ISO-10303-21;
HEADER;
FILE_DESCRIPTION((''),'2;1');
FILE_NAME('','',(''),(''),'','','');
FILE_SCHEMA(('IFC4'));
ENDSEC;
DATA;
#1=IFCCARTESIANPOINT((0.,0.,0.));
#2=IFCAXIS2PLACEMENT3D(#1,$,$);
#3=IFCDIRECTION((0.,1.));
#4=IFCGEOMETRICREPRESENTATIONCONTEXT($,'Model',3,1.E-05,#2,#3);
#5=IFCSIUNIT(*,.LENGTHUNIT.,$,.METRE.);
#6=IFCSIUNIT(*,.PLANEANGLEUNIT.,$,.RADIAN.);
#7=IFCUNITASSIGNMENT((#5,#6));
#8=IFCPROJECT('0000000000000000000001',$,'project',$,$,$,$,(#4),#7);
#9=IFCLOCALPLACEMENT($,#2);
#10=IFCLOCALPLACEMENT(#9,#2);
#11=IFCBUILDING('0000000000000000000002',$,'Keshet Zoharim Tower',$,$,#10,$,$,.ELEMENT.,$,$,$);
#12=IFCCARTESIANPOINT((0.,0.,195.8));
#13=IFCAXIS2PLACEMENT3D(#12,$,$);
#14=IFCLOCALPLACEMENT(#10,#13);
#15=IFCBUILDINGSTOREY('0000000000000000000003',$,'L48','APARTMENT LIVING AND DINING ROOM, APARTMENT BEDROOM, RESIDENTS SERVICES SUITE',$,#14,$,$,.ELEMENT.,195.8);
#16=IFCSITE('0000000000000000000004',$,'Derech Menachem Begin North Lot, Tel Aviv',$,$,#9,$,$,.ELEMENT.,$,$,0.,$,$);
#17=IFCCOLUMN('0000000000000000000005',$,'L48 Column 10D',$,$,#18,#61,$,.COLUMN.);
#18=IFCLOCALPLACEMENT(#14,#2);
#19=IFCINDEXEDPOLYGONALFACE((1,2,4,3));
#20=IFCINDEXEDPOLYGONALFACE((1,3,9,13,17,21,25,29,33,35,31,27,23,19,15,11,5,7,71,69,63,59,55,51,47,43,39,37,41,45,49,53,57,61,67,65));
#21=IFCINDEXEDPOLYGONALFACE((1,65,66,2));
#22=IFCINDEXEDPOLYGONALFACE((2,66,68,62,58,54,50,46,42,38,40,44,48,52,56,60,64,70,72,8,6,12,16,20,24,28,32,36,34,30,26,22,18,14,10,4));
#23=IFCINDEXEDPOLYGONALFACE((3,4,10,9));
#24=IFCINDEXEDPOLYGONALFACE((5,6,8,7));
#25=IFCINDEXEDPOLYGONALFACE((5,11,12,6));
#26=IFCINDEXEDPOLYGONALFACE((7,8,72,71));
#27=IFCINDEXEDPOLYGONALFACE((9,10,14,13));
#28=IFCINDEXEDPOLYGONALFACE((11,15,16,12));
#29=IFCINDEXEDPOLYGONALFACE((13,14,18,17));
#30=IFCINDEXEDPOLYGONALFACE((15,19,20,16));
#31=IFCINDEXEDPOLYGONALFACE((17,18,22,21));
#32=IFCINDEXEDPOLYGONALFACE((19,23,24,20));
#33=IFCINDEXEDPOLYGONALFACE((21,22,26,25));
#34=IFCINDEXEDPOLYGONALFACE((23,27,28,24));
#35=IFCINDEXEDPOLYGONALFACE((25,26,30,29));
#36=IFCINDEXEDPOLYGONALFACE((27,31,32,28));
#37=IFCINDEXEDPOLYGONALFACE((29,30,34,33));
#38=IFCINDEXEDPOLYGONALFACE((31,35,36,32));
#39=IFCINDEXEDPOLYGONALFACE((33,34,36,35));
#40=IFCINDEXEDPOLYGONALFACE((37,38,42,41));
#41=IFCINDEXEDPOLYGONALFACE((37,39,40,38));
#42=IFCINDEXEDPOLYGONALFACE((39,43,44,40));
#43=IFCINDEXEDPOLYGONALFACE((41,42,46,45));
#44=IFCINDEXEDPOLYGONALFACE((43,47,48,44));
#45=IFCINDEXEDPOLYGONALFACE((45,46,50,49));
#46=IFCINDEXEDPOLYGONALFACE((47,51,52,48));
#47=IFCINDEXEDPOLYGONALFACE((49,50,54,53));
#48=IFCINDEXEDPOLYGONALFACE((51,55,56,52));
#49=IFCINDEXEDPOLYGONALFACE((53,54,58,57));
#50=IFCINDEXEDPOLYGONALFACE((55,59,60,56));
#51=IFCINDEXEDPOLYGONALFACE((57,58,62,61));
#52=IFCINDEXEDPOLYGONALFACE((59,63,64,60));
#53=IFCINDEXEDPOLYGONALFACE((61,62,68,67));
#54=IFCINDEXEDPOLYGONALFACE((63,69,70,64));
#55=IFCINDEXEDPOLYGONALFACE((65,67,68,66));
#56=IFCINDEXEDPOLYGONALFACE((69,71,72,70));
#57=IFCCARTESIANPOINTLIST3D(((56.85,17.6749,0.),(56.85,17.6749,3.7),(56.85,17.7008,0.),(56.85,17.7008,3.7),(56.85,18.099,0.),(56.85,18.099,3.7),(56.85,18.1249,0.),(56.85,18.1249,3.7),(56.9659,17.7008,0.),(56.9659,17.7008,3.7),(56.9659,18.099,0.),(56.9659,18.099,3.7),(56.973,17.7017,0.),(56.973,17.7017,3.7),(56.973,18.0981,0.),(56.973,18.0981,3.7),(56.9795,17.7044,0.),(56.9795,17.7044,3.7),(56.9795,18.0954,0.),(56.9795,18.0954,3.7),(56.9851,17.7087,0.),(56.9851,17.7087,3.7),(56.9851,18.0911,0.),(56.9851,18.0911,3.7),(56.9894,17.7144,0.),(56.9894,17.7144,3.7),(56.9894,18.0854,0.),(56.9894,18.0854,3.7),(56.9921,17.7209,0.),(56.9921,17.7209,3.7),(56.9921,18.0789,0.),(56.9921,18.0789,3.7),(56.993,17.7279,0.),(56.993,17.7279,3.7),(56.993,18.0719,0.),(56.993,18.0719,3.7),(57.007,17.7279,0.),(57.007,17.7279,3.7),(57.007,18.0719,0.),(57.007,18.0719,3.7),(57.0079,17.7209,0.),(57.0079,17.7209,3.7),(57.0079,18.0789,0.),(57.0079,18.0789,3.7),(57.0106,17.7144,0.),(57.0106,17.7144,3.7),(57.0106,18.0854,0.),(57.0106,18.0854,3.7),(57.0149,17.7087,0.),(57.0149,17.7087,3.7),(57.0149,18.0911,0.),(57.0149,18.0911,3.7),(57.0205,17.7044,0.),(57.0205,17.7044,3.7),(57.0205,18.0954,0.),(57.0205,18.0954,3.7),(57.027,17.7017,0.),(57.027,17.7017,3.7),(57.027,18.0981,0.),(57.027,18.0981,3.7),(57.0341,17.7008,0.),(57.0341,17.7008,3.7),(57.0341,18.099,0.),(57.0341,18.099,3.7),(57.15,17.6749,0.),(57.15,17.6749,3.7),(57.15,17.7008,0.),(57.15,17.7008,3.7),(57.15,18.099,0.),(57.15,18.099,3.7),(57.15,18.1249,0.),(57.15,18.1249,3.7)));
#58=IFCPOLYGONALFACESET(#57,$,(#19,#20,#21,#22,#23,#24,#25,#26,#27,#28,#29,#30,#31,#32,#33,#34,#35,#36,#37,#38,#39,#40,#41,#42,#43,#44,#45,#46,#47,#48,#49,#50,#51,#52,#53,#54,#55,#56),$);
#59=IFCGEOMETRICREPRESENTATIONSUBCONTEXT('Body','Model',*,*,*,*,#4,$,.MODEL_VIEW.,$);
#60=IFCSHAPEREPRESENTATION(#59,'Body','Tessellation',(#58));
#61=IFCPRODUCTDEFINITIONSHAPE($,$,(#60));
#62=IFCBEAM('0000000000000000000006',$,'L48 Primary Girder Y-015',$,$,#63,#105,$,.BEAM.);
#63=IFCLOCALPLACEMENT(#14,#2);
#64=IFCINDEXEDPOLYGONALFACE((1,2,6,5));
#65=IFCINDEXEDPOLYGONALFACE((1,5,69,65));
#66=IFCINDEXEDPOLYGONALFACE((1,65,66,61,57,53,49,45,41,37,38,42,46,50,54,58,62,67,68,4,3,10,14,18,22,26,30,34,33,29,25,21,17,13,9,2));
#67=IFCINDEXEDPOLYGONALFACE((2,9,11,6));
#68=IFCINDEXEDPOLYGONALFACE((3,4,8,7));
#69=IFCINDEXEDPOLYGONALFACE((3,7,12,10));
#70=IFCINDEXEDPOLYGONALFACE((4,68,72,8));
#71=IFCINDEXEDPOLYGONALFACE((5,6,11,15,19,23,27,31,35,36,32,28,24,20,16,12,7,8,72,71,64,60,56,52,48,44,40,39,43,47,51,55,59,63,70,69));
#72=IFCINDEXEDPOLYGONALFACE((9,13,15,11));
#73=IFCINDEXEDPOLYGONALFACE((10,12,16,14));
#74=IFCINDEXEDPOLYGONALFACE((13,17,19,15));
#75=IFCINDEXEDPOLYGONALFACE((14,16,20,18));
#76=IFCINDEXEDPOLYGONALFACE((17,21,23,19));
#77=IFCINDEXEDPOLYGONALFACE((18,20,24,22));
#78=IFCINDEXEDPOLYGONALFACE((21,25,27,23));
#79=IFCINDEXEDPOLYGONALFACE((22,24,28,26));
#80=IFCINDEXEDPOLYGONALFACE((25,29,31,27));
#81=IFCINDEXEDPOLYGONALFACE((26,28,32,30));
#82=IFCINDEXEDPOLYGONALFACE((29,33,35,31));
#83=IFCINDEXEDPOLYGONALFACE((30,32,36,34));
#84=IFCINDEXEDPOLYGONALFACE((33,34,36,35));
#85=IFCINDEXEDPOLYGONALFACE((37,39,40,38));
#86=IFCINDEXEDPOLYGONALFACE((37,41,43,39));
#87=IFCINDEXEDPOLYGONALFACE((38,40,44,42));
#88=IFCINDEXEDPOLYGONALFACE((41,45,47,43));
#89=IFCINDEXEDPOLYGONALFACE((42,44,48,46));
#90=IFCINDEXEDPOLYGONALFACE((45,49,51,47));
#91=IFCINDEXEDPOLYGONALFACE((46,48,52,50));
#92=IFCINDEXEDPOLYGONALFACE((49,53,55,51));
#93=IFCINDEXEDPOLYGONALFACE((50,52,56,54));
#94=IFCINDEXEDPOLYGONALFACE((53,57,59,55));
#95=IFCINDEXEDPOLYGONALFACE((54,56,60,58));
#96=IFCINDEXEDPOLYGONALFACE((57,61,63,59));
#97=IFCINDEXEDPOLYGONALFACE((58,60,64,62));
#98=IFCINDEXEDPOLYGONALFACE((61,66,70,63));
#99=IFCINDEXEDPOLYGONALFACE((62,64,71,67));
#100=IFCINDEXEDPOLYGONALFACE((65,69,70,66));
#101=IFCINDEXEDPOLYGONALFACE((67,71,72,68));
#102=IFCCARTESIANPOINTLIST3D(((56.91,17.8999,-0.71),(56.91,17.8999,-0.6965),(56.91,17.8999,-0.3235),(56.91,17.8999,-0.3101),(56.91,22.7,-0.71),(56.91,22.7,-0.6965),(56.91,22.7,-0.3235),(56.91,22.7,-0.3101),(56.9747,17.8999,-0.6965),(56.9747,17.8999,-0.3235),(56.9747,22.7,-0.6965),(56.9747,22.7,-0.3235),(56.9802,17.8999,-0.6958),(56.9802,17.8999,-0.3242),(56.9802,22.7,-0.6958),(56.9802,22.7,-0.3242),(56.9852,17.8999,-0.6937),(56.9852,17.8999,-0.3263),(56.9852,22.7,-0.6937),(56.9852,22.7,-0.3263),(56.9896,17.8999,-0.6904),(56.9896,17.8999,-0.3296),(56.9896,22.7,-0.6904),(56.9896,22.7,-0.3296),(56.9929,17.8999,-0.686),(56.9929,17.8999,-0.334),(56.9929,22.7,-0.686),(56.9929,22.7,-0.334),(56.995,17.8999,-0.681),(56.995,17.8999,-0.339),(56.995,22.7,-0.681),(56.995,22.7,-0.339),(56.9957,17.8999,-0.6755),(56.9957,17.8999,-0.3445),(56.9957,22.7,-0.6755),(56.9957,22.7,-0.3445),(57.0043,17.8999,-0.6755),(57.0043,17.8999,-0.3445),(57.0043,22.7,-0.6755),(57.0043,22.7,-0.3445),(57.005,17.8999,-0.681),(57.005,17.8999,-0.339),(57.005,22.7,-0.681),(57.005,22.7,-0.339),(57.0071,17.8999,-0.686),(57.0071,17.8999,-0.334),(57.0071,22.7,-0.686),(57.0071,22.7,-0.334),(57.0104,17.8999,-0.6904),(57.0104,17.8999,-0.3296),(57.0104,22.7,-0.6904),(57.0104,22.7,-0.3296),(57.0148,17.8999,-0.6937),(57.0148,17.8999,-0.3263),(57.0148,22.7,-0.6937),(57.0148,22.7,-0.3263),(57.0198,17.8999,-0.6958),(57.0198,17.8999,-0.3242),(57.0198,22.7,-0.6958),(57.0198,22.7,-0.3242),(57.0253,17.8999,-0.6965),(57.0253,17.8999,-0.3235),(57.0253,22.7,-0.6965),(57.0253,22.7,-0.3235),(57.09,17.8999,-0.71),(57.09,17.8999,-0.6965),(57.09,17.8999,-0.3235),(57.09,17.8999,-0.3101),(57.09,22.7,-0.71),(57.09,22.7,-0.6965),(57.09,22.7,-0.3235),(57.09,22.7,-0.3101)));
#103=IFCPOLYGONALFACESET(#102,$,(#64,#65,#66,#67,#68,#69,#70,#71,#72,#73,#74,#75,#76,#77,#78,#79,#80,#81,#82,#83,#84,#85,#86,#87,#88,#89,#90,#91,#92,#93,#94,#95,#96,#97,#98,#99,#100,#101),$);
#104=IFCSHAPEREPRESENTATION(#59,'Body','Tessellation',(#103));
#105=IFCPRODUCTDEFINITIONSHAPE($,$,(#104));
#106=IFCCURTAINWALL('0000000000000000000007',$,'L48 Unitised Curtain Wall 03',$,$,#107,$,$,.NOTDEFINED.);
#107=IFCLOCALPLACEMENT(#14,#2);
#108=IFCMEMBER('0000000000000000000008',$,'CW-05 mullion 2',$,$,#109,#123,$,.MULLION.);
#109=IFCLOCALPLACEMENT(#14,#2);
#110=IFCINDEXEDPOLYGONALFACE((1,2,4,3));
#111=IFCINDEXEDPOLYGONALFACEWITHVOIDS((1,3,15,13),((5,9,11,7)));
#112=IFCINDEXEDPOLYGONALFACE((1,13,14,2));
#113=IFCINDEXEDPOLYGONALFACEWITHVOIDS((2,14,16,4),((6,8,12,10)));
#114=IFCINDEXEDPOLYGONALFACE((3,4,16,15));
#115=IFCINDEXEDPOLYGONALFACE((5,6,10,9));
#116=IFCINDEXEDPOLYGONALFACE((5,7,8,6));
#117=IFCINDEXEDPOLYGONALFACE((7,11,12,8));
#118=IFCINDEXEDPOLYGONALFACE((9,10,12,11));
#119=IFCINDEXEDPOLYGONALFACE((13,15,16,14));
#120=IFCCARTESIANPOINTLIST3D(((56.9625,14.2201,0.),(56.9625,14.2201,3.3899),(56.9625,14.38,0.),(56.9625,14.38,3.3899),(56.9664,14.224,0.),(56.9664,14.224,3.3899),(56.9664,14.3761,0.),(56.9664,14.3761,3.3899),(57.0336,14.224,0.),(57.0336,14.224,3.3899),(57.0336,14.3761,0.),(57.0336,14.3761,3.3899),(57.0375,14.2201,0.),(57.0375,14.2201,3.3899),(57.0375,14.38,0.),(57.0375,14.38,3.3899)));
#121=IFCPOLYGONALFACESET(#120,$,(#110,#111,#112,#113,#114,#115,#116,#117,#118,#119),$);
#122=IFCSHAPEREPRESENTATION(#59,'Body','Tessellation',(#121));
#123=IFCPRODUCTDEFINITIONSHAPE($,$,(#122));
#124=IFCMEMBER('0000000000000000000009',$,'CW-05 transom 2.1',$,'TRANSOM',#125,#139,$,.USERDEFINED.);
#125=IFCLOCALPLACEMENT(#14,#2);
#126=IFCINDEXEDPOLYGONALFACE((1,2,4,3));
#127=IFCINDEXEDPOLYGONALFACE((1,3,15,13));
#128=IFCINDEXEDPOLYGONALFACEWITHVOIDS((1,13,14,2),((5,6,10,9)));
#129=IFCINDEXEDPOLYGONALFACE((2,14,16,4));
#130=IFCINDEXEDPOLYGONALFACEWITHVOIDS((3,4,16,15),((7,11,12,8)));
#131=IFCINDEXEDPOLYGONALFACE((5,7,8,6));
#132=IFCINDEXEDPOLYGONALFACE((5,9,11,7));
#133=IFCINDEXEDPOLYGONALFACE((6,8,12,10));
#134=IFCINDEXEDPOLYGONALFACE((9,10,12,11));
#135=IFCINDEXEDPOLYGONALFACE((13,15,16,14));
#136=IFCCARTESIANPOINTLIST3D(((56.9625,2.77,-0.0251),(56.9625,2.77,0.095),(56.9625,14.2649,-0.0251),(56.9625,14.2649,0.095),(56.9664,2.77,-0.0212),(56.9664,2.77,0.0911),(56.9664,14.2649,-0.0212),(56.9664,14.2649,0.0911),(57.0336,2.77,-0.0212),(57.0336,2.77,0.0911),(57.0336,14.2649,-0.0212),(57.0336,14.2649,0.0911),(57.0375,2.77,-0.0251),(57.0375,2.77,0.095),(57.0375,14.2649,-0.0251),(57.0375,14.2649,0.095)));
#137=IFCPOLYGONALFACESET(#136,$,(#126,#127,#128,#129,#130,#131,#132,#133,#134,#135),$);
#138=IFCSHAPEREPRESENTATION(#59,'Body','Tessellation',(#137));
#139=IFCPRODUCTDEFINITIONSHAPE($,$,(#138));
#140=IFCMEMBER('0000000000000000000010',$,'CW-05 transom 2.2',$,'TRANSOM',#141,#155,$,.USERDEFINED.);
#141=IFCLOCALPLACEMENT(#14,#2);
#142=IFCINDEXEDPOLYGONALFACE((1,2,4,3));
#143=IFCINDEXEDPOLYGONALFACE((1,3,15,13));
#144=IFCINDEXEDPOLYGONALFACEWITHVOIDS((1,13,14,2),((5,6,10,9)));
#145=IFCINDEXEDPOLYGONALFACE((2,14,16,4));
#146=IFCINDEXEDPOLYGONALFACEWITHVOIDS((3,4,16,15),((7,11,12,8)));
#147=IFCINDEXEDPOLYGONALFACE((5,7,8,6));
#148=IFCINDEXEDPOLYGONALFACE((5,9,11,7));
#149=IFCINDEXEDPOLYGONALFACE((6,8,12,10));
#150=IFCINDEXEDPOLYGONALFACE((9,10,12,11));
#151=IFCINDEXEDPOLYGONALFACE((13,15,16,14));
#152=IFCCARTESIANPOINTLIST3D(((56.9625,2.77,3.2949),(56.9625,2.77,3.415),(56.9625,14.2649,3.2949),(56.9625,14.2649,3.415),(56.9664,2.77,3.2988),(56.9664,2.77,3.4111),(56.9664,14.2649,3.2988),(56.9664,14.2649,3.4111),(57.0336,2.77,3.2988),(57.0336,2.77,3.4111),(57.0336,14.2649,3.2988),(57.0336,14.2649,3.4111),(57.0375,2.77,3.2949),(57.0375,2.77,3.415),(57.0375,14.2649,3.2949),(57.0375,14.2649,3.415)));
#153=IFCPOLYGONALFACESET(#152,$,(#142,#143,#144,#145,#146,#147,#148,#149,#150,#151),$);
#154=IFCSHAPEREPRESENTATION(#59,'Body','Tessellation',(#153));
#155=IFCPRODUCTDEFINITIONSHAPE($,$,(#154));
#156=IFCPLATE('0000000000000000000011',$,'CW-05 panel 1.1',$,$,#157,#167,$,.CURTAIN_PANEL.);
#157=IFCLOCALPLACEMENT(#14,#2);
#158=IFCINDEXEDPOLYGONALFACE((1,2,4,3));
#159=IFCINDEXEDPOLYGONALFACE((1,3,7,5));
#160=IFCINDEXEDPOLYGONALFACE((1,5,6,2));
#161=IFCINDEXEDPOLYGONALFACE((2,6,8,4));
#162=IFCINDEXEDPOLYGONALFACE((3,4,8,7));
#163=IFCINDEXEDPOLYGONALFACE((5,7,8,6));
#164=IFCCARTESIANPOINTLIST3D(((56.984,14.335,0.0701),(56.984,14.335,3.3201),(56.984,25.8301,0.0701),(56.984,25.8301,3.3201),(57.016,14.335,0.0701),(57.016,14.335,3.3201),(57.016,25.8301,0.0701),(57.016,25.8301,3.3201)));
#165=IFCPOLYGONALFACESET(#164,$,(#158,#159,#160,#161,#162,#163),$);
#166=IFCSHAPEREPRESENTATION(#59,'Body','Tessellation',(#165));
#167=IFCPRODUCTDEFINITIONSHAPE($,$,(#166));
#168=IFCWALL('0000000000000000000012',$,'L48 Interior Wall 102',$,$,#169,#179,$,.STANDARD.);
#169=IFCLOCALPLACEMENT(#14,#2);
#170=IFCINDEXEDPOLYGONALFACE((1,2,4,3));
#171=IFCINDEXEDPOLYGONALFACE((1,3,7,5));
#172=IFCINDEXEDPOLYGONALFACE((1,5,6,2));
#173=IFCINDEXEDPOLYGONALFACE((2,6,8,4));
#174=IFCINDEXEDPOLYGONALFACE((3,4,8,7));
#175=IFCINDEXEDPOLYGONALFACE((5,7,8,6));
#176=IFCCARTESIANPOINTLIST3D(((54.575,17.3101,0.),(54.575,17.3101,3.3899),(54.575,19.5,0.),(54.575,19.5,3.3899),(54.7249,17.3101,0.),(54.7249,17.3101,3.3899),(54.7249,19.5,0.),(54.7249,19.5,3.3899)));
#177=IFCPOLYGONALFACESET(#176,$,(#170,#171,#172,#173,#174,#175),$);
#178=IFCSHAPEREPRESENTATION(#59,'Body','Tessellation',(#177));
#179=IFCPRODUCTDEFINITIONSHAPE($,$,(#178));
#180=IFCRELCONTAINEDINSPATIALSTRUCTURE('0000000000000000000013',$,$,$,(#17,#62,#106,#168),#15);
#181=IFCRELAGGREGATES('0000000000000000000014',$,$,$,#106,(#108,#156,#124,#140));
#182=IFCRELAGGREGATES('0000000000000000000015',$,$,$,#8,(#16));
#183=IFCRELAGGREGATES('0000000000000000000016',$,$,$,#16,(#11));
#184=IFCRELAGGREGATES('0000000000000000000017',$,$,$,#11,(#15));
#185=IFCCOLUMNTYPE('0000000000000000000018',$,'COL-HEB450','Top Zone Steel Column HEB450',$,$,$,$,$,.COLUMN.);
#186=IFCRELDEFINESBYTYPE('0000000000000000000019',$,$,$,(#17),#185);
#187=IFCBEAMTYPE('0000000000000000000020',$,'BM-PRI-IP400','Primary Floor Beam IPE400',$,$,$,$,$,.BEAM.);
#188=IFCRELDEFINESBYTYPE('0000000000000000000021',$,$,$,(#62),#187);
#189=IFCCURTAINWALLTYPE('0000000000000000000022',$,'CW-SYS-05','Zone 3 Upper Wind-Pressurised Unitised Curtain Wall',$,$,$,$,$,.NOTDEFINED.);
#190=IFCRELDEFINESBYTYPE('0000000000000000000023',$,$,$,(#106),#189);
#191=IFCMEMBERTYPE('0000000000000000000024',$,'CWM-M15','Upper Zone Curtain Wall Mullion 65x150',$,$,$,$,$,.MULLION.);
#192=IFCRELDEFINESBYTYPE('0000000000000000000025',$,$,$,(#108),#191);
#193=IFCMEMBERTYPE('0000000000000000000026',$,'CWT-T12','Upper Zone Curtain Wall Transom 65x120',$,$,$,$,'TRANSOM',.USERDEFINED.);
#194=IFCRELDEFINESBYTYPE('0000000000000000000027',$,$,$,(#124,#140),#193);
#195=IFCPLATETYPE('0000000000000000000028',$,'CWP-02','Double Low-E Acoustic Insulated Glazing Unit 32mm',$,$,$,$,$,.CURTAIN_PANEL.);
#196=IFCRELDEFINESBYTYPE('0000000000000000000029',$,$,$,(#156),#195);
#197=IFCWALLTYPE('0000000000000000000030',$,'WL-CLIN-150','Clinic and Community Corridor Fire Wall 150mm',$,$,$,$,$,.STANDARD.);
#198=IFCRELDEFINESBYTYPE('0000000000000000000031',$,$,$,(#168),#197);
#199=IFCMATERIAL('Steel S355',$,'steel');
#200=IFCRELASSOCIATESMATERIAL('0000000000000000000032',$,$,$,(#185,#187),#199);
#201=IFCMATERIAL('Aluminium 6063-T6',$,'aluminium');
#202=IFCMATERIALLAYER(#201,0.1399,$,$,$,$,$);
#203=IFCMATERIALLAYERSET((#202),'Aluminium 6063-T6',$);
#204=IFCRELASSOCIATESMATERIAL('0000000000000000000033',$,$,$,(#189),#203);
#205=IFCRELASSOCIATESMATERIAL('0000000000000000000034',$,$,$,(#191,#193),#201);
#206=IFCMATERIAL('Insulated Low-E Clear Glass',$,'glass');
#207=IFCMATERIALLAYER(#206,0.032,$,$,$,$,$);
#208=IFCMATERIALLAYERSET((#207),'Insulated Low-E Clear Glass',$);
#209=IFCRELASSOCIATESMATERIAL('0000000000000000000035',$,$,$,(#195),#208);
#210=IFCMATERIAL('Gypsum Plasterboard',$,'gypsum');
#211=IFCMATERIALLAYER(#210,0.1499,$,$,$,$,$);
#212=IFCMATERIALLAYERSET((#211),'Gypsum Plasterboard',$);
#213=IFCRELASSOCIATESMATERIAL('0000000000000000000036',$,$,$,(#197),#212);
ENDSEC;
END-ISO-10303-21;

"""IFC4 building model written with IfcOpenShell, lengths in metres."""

from ifc_helpers import new_model, si_unit, direction, frame, frame_2d, origin, origin_2d, place, context, subcontext, project, spatial, rectangle, hollow_rectangle, i_section, extrude, material, layer, layer_set, material_profile, profile_set, type_object, element, aggregate, save


model = new_model("IFC4")

# Units and contexts
model_context = context("Model", 3, precision=1e-05, world=origin(), true_north=direction((0.0, 1.0)))
body_context = subcontext(model_context, "Body", "Model", "MODEL_VIEW")
ifc_project = project(units=[si_unit("LENGTHUNIT", "METRE"), si_unit("PLANEANGLEUNIT", "RADIAN")], contexts=[model_context])

# Site, building, storey
site_placement = place(None, origin())
site = spatial("IfcSite", under=ifc_project, at=site_placement, Name="Derech Menachem Begin North Lot, Tel Aviv", CompositionType="ELEMENT", RefElevation=0.0)
building_placement = place(site_placement, origin())
building = spatial("IfcBuilding", under=site, at=building_placement, Name="Keshet Zoharim Tower", CompositionType="ELEMENT")
storey_placement = place(building_placement, frame((0.0, 0.0, 195.8)))
storey = spatial("IfcBuildingStorey", under=building, at=storey_placement, Name="L48", Description="APARTMENT LIVING AND DINING ROOM, APARTMENT BEDROOM, RESIDENTS SERVICES SUITE", CompositionType="ELEMENT", Elevation=195.8)

# Column
ifc_material_1 = material(Name="Steel S355", Category="steel")
ifc_material_profile_1 = material_profile(ifc_material_1, i_section(OverallWidth=0.3, OverallDepth=0.45, WebThickness=0.0139, FlangeThickness=0.0259, FilletRadius=0.0271, at=origin_2d()), Name="HEB450")
ifc_profile_set_1 = profile_set([ifc_material_profile_1], Name="Steel S355")
column_type = type_object("IfcColumnType", Name="COL-HEB450", Description="Top Zone Steel Column HEB450", PredefinedType="COLUMN", material=ifc_profile_set_1)
column_placement = place(storey_placement, frame((57.0, 17.8999, 0.0), z_axis=(0.0, 0.0, 1.0), x_axis=(1.0, 0.0, 0.0)))
element("IfcColumn", 1, at=column_placement, inside=storey, type_object=column_type, Name="L48 Column 10D", PredefinedType="COLUMN", context=body_context, shape_type="SweptSolid", body=[
    extrude(i_section(OverallWidth=0.3, OverallDepth=0.45, WebThickness=0.0139, FlangeThickness=0.0259, FilletRadius=0.0271, at=origin_2d()), origin(), (0.0, 0.0, 1.0), 3.7),
])

# Beam
ifc_material_profile_2 = material_profile(ifc_material_1, i_section(OverallWidth=0.1799, OverallDepth=0.3999, WebThickness=0.0085, FlangeThickness=0.0134, FilletRadius=0.021, at=origin_2d()), Name="IPE400")
ifc_profile_set_2 = profile_set([ifc_material_profile_2], Name="Steel S355")
beam_type = type_object("IfcBeamType", Name="BM-PRI-IP400", Description="Primary Floor Beam IPE400", PredefinedType="BEAM", material=ifc_profile_set_2)
beam_placement = place(storey_placement, frame((57.0, 17.8999, -0.51), z_axis=(0.0, 1.0, 0.0), x_axis=(-1.0, 0.0, 0.0)))
element("IfcBeam", 2, at=beam_placement, inside=storey, type_object=beam_type, Name="L48 Primary Girder Y-015", PredefinedType="BEAM", context=body_context, shape_type="SweptSolid", body=[
    extrude(i_section(OverallWidth=0.1799, OverallDepth=0.3999, WebThickness=0.0085, FlangeThickness=0.0134, FilletRadius=0.021, at=origin_2d()), origin(), (0.0, 0.0, 1.0), 4.8),
])

# Curtain wall, members, plate
ifc_material_2 = material(Name="Aluminium 6063-T6", Category="aluminium")
ifc_layer_1 = layer(ifc_material_2, 0.1399)
ifc_layer_set_1 = layer_set([ifc_layer_1], Name="Aluminium 6063-T6")
curtain_wall_type = type_object("IfcCurtainWallType", Name="CW-SYS-05", Description="Zone 3 Upper Wind-Pressurised Unitised Curtain Wall", PredefinedType="NOTDEFINED", material=ifc_layer_set_1)
curtain_wall_placement = place(storey_placement, origin())
curtain_wall = element("IfcCurtainWall", 3, at=curtain_wall_placement, inside=storey, type_object=curtain_wall_type, Name="L48 Unitised Curtain Wall 03", PredefinedType="NOTDEFINED")
ifc_material_profile_3 = material_profile(ifc_material_2, hollow_rectangle(XDim=0.075, YDim=0.1599, WallThickness=0.0039, at=origin_2d()), Name="MUL-75x160")
ifc_profile_set_3 = profile_set([ifc_material_profile_3], Name="Aluminium 6063-T6")
member_type_1 = type_object("IfcMemberType", Name="CWM-M15", Description="Upper Zone Curtain Wall Mullion 65x150", PredefinedType="MULLION", material=ifc_profile_set_3)
member_1_placement = place(storey_placement, frame((57.0, 14.3, 0.0), z_axis=(0.0, 0.0, 1.0), x_axis=(1.0, 0.0, 0.0)))
member_1 = element("IfcMember", 4, at=member_1_placement, type_object=member_type_1, Name="CW-05 mullion 2", PredefinedType="MULLION", context=body_context, shape_type="SweptSolid", body=[
    extrude(hollow_rectangle(XDim=0.075, YDim=0.1599, WallThickness=0.0039, at=origin_2d()), origin(), (0.0, 0.0, 1.0), 3.3899),
])
ifc_material_profile_4 = material_profile(ifc_material_2, hollow_rectangle(XDim=0.075, YDim=0.1201, WallThickness=0.0039, at=origin_2d()), Name="TRN-75x120")
ifc_profile_set_4 = profile_set([ifc_material_profile_4], Name="Aluminium 6063-T6")
member_type_2 = type_object("IfcMemberType", Name="CWT-T12", Description="Upper Zone Curtain Wall Transom 65x120", ElementType="TRANSOM", PredefinedType="USERDEFINED", material=ifc_profile_set_4)
member_2_placement = place(storey_placement, frame((57.0, 14.2649, 0.0349), z_axis=(0.0, -1.0, 0.0), x_axis=(1.0, 0.0, 0.0)))
member_2 = element("IfcMember", 5, at=member_2_placement, type_object=member_type_2, Name="CW-05 transom 2.1", ObjectType="TRANSOM", PredefinedType="USERDEFINED", context=body_context, shape_type="SweptSolid", body=[
    extrude(hollow_rectangle(XDim=0.075, YDim=0.1201, WallThickness=0.0039, at=origin_2d()), origin(), (0.0, 0.0, 1.0), 11.4949),
])
member_3_placement = place(storey_placement, frame((57.0, 14.2649, 3.355), z_axis=(0.0, -1.0, 0.0), x_axis=(1.0, 0.0, 0.0)))
member_3 = element("IfcMember", 6, at=member_3_placement, type_object=member_type_2, Name="CW-05 transom 2.2", ObjectType="TRANSOM", PredefinedType="USERDEFINED", context=body_context, shape_type="SweptSolid", body=[
    extrude(hollow_rectangle(XDim=0.075, YDim=0.1201, WallThickness=0.0039, at=origin_2d()), origin(), (0.0, 0.0, 1.0), 11.4949),
])
ifc_material_3 = material(Name="Insulated Low-E Clear Glass", Category="glass")
ifc_layer_2 = layer(ifc_material_3, 0.032)
ifc_layer_set_2 = layer_set([ifc_layer_2], Name="Insulated Low-E Clear Glass")
plate_type = type_object("IfcPlateType", Name="CWP-02", Description="Double Low-E Acoustic Insulated Glazing Unit 32mm", PredefinedType="CURTAIN_PANEL", material=ifc_layer_set_2)
plate_placement = place(storey_placement, frame((57.0, 20.0825, 0.0701), z_axis=(0.0, 0.0, 1.0), x_axis=(0.0, -1.0, 0.0)))
plate = element("IfcPlate", 7, at=plate_placement, type_object=plate_type, Name="CW-05 panel 1.1", PredefinedType="CURTAIN_PANEL", context=body_context, shape_type="SweptSolid", body=[
    extrude(rectangle(XDim=11.4951, YDim=0.032, at=origin_2d()), origin(), (0.0, 0.0, 1.0), 3.25),
])
aggregate(curtain_wall, [member_1, plate, member_2, member_3])

# Wall
ifc_material_4 = material(Name="Gypsum Plasterboard", Category="gypsum")
ifc_layer_3 = layer(ifc_material_4, 0.1499)
ifc_layer_set_3 = layer_set([ifc_layer_3], Name="Gypsum Plasterboard")
wall_type_1 = type_object("IfcWallType", Name="WL-CLIN-150", Description="Clinic and Community Corridor Fire Wall 150mm", PredefinedType="STANDARD", material=ifc_layer_set_3)
wall_1_placement = place(storey_placement, frame((54.6499, 17.3101, 0.0), z_axis=(0.0, 0.0, 1.0), x_axis=(0.0, 1.0, 0.0)))
element("IfcWall", 8, at=wall_1_placement, inside=storey, type_object=wall_type_1, Name="L48 Interior Wall 102", PredefinedType="STANDARD", context=body_context, shape_type="SweptSolid", body=[
    extrude(rectangle(XDim=2.1899, YDim=0.1499, at=frame_2d((1.095, 0.0))), origin(), (0.0, 0.0, 1.0), 3.3899),
])

save(model, "model.ifc")
